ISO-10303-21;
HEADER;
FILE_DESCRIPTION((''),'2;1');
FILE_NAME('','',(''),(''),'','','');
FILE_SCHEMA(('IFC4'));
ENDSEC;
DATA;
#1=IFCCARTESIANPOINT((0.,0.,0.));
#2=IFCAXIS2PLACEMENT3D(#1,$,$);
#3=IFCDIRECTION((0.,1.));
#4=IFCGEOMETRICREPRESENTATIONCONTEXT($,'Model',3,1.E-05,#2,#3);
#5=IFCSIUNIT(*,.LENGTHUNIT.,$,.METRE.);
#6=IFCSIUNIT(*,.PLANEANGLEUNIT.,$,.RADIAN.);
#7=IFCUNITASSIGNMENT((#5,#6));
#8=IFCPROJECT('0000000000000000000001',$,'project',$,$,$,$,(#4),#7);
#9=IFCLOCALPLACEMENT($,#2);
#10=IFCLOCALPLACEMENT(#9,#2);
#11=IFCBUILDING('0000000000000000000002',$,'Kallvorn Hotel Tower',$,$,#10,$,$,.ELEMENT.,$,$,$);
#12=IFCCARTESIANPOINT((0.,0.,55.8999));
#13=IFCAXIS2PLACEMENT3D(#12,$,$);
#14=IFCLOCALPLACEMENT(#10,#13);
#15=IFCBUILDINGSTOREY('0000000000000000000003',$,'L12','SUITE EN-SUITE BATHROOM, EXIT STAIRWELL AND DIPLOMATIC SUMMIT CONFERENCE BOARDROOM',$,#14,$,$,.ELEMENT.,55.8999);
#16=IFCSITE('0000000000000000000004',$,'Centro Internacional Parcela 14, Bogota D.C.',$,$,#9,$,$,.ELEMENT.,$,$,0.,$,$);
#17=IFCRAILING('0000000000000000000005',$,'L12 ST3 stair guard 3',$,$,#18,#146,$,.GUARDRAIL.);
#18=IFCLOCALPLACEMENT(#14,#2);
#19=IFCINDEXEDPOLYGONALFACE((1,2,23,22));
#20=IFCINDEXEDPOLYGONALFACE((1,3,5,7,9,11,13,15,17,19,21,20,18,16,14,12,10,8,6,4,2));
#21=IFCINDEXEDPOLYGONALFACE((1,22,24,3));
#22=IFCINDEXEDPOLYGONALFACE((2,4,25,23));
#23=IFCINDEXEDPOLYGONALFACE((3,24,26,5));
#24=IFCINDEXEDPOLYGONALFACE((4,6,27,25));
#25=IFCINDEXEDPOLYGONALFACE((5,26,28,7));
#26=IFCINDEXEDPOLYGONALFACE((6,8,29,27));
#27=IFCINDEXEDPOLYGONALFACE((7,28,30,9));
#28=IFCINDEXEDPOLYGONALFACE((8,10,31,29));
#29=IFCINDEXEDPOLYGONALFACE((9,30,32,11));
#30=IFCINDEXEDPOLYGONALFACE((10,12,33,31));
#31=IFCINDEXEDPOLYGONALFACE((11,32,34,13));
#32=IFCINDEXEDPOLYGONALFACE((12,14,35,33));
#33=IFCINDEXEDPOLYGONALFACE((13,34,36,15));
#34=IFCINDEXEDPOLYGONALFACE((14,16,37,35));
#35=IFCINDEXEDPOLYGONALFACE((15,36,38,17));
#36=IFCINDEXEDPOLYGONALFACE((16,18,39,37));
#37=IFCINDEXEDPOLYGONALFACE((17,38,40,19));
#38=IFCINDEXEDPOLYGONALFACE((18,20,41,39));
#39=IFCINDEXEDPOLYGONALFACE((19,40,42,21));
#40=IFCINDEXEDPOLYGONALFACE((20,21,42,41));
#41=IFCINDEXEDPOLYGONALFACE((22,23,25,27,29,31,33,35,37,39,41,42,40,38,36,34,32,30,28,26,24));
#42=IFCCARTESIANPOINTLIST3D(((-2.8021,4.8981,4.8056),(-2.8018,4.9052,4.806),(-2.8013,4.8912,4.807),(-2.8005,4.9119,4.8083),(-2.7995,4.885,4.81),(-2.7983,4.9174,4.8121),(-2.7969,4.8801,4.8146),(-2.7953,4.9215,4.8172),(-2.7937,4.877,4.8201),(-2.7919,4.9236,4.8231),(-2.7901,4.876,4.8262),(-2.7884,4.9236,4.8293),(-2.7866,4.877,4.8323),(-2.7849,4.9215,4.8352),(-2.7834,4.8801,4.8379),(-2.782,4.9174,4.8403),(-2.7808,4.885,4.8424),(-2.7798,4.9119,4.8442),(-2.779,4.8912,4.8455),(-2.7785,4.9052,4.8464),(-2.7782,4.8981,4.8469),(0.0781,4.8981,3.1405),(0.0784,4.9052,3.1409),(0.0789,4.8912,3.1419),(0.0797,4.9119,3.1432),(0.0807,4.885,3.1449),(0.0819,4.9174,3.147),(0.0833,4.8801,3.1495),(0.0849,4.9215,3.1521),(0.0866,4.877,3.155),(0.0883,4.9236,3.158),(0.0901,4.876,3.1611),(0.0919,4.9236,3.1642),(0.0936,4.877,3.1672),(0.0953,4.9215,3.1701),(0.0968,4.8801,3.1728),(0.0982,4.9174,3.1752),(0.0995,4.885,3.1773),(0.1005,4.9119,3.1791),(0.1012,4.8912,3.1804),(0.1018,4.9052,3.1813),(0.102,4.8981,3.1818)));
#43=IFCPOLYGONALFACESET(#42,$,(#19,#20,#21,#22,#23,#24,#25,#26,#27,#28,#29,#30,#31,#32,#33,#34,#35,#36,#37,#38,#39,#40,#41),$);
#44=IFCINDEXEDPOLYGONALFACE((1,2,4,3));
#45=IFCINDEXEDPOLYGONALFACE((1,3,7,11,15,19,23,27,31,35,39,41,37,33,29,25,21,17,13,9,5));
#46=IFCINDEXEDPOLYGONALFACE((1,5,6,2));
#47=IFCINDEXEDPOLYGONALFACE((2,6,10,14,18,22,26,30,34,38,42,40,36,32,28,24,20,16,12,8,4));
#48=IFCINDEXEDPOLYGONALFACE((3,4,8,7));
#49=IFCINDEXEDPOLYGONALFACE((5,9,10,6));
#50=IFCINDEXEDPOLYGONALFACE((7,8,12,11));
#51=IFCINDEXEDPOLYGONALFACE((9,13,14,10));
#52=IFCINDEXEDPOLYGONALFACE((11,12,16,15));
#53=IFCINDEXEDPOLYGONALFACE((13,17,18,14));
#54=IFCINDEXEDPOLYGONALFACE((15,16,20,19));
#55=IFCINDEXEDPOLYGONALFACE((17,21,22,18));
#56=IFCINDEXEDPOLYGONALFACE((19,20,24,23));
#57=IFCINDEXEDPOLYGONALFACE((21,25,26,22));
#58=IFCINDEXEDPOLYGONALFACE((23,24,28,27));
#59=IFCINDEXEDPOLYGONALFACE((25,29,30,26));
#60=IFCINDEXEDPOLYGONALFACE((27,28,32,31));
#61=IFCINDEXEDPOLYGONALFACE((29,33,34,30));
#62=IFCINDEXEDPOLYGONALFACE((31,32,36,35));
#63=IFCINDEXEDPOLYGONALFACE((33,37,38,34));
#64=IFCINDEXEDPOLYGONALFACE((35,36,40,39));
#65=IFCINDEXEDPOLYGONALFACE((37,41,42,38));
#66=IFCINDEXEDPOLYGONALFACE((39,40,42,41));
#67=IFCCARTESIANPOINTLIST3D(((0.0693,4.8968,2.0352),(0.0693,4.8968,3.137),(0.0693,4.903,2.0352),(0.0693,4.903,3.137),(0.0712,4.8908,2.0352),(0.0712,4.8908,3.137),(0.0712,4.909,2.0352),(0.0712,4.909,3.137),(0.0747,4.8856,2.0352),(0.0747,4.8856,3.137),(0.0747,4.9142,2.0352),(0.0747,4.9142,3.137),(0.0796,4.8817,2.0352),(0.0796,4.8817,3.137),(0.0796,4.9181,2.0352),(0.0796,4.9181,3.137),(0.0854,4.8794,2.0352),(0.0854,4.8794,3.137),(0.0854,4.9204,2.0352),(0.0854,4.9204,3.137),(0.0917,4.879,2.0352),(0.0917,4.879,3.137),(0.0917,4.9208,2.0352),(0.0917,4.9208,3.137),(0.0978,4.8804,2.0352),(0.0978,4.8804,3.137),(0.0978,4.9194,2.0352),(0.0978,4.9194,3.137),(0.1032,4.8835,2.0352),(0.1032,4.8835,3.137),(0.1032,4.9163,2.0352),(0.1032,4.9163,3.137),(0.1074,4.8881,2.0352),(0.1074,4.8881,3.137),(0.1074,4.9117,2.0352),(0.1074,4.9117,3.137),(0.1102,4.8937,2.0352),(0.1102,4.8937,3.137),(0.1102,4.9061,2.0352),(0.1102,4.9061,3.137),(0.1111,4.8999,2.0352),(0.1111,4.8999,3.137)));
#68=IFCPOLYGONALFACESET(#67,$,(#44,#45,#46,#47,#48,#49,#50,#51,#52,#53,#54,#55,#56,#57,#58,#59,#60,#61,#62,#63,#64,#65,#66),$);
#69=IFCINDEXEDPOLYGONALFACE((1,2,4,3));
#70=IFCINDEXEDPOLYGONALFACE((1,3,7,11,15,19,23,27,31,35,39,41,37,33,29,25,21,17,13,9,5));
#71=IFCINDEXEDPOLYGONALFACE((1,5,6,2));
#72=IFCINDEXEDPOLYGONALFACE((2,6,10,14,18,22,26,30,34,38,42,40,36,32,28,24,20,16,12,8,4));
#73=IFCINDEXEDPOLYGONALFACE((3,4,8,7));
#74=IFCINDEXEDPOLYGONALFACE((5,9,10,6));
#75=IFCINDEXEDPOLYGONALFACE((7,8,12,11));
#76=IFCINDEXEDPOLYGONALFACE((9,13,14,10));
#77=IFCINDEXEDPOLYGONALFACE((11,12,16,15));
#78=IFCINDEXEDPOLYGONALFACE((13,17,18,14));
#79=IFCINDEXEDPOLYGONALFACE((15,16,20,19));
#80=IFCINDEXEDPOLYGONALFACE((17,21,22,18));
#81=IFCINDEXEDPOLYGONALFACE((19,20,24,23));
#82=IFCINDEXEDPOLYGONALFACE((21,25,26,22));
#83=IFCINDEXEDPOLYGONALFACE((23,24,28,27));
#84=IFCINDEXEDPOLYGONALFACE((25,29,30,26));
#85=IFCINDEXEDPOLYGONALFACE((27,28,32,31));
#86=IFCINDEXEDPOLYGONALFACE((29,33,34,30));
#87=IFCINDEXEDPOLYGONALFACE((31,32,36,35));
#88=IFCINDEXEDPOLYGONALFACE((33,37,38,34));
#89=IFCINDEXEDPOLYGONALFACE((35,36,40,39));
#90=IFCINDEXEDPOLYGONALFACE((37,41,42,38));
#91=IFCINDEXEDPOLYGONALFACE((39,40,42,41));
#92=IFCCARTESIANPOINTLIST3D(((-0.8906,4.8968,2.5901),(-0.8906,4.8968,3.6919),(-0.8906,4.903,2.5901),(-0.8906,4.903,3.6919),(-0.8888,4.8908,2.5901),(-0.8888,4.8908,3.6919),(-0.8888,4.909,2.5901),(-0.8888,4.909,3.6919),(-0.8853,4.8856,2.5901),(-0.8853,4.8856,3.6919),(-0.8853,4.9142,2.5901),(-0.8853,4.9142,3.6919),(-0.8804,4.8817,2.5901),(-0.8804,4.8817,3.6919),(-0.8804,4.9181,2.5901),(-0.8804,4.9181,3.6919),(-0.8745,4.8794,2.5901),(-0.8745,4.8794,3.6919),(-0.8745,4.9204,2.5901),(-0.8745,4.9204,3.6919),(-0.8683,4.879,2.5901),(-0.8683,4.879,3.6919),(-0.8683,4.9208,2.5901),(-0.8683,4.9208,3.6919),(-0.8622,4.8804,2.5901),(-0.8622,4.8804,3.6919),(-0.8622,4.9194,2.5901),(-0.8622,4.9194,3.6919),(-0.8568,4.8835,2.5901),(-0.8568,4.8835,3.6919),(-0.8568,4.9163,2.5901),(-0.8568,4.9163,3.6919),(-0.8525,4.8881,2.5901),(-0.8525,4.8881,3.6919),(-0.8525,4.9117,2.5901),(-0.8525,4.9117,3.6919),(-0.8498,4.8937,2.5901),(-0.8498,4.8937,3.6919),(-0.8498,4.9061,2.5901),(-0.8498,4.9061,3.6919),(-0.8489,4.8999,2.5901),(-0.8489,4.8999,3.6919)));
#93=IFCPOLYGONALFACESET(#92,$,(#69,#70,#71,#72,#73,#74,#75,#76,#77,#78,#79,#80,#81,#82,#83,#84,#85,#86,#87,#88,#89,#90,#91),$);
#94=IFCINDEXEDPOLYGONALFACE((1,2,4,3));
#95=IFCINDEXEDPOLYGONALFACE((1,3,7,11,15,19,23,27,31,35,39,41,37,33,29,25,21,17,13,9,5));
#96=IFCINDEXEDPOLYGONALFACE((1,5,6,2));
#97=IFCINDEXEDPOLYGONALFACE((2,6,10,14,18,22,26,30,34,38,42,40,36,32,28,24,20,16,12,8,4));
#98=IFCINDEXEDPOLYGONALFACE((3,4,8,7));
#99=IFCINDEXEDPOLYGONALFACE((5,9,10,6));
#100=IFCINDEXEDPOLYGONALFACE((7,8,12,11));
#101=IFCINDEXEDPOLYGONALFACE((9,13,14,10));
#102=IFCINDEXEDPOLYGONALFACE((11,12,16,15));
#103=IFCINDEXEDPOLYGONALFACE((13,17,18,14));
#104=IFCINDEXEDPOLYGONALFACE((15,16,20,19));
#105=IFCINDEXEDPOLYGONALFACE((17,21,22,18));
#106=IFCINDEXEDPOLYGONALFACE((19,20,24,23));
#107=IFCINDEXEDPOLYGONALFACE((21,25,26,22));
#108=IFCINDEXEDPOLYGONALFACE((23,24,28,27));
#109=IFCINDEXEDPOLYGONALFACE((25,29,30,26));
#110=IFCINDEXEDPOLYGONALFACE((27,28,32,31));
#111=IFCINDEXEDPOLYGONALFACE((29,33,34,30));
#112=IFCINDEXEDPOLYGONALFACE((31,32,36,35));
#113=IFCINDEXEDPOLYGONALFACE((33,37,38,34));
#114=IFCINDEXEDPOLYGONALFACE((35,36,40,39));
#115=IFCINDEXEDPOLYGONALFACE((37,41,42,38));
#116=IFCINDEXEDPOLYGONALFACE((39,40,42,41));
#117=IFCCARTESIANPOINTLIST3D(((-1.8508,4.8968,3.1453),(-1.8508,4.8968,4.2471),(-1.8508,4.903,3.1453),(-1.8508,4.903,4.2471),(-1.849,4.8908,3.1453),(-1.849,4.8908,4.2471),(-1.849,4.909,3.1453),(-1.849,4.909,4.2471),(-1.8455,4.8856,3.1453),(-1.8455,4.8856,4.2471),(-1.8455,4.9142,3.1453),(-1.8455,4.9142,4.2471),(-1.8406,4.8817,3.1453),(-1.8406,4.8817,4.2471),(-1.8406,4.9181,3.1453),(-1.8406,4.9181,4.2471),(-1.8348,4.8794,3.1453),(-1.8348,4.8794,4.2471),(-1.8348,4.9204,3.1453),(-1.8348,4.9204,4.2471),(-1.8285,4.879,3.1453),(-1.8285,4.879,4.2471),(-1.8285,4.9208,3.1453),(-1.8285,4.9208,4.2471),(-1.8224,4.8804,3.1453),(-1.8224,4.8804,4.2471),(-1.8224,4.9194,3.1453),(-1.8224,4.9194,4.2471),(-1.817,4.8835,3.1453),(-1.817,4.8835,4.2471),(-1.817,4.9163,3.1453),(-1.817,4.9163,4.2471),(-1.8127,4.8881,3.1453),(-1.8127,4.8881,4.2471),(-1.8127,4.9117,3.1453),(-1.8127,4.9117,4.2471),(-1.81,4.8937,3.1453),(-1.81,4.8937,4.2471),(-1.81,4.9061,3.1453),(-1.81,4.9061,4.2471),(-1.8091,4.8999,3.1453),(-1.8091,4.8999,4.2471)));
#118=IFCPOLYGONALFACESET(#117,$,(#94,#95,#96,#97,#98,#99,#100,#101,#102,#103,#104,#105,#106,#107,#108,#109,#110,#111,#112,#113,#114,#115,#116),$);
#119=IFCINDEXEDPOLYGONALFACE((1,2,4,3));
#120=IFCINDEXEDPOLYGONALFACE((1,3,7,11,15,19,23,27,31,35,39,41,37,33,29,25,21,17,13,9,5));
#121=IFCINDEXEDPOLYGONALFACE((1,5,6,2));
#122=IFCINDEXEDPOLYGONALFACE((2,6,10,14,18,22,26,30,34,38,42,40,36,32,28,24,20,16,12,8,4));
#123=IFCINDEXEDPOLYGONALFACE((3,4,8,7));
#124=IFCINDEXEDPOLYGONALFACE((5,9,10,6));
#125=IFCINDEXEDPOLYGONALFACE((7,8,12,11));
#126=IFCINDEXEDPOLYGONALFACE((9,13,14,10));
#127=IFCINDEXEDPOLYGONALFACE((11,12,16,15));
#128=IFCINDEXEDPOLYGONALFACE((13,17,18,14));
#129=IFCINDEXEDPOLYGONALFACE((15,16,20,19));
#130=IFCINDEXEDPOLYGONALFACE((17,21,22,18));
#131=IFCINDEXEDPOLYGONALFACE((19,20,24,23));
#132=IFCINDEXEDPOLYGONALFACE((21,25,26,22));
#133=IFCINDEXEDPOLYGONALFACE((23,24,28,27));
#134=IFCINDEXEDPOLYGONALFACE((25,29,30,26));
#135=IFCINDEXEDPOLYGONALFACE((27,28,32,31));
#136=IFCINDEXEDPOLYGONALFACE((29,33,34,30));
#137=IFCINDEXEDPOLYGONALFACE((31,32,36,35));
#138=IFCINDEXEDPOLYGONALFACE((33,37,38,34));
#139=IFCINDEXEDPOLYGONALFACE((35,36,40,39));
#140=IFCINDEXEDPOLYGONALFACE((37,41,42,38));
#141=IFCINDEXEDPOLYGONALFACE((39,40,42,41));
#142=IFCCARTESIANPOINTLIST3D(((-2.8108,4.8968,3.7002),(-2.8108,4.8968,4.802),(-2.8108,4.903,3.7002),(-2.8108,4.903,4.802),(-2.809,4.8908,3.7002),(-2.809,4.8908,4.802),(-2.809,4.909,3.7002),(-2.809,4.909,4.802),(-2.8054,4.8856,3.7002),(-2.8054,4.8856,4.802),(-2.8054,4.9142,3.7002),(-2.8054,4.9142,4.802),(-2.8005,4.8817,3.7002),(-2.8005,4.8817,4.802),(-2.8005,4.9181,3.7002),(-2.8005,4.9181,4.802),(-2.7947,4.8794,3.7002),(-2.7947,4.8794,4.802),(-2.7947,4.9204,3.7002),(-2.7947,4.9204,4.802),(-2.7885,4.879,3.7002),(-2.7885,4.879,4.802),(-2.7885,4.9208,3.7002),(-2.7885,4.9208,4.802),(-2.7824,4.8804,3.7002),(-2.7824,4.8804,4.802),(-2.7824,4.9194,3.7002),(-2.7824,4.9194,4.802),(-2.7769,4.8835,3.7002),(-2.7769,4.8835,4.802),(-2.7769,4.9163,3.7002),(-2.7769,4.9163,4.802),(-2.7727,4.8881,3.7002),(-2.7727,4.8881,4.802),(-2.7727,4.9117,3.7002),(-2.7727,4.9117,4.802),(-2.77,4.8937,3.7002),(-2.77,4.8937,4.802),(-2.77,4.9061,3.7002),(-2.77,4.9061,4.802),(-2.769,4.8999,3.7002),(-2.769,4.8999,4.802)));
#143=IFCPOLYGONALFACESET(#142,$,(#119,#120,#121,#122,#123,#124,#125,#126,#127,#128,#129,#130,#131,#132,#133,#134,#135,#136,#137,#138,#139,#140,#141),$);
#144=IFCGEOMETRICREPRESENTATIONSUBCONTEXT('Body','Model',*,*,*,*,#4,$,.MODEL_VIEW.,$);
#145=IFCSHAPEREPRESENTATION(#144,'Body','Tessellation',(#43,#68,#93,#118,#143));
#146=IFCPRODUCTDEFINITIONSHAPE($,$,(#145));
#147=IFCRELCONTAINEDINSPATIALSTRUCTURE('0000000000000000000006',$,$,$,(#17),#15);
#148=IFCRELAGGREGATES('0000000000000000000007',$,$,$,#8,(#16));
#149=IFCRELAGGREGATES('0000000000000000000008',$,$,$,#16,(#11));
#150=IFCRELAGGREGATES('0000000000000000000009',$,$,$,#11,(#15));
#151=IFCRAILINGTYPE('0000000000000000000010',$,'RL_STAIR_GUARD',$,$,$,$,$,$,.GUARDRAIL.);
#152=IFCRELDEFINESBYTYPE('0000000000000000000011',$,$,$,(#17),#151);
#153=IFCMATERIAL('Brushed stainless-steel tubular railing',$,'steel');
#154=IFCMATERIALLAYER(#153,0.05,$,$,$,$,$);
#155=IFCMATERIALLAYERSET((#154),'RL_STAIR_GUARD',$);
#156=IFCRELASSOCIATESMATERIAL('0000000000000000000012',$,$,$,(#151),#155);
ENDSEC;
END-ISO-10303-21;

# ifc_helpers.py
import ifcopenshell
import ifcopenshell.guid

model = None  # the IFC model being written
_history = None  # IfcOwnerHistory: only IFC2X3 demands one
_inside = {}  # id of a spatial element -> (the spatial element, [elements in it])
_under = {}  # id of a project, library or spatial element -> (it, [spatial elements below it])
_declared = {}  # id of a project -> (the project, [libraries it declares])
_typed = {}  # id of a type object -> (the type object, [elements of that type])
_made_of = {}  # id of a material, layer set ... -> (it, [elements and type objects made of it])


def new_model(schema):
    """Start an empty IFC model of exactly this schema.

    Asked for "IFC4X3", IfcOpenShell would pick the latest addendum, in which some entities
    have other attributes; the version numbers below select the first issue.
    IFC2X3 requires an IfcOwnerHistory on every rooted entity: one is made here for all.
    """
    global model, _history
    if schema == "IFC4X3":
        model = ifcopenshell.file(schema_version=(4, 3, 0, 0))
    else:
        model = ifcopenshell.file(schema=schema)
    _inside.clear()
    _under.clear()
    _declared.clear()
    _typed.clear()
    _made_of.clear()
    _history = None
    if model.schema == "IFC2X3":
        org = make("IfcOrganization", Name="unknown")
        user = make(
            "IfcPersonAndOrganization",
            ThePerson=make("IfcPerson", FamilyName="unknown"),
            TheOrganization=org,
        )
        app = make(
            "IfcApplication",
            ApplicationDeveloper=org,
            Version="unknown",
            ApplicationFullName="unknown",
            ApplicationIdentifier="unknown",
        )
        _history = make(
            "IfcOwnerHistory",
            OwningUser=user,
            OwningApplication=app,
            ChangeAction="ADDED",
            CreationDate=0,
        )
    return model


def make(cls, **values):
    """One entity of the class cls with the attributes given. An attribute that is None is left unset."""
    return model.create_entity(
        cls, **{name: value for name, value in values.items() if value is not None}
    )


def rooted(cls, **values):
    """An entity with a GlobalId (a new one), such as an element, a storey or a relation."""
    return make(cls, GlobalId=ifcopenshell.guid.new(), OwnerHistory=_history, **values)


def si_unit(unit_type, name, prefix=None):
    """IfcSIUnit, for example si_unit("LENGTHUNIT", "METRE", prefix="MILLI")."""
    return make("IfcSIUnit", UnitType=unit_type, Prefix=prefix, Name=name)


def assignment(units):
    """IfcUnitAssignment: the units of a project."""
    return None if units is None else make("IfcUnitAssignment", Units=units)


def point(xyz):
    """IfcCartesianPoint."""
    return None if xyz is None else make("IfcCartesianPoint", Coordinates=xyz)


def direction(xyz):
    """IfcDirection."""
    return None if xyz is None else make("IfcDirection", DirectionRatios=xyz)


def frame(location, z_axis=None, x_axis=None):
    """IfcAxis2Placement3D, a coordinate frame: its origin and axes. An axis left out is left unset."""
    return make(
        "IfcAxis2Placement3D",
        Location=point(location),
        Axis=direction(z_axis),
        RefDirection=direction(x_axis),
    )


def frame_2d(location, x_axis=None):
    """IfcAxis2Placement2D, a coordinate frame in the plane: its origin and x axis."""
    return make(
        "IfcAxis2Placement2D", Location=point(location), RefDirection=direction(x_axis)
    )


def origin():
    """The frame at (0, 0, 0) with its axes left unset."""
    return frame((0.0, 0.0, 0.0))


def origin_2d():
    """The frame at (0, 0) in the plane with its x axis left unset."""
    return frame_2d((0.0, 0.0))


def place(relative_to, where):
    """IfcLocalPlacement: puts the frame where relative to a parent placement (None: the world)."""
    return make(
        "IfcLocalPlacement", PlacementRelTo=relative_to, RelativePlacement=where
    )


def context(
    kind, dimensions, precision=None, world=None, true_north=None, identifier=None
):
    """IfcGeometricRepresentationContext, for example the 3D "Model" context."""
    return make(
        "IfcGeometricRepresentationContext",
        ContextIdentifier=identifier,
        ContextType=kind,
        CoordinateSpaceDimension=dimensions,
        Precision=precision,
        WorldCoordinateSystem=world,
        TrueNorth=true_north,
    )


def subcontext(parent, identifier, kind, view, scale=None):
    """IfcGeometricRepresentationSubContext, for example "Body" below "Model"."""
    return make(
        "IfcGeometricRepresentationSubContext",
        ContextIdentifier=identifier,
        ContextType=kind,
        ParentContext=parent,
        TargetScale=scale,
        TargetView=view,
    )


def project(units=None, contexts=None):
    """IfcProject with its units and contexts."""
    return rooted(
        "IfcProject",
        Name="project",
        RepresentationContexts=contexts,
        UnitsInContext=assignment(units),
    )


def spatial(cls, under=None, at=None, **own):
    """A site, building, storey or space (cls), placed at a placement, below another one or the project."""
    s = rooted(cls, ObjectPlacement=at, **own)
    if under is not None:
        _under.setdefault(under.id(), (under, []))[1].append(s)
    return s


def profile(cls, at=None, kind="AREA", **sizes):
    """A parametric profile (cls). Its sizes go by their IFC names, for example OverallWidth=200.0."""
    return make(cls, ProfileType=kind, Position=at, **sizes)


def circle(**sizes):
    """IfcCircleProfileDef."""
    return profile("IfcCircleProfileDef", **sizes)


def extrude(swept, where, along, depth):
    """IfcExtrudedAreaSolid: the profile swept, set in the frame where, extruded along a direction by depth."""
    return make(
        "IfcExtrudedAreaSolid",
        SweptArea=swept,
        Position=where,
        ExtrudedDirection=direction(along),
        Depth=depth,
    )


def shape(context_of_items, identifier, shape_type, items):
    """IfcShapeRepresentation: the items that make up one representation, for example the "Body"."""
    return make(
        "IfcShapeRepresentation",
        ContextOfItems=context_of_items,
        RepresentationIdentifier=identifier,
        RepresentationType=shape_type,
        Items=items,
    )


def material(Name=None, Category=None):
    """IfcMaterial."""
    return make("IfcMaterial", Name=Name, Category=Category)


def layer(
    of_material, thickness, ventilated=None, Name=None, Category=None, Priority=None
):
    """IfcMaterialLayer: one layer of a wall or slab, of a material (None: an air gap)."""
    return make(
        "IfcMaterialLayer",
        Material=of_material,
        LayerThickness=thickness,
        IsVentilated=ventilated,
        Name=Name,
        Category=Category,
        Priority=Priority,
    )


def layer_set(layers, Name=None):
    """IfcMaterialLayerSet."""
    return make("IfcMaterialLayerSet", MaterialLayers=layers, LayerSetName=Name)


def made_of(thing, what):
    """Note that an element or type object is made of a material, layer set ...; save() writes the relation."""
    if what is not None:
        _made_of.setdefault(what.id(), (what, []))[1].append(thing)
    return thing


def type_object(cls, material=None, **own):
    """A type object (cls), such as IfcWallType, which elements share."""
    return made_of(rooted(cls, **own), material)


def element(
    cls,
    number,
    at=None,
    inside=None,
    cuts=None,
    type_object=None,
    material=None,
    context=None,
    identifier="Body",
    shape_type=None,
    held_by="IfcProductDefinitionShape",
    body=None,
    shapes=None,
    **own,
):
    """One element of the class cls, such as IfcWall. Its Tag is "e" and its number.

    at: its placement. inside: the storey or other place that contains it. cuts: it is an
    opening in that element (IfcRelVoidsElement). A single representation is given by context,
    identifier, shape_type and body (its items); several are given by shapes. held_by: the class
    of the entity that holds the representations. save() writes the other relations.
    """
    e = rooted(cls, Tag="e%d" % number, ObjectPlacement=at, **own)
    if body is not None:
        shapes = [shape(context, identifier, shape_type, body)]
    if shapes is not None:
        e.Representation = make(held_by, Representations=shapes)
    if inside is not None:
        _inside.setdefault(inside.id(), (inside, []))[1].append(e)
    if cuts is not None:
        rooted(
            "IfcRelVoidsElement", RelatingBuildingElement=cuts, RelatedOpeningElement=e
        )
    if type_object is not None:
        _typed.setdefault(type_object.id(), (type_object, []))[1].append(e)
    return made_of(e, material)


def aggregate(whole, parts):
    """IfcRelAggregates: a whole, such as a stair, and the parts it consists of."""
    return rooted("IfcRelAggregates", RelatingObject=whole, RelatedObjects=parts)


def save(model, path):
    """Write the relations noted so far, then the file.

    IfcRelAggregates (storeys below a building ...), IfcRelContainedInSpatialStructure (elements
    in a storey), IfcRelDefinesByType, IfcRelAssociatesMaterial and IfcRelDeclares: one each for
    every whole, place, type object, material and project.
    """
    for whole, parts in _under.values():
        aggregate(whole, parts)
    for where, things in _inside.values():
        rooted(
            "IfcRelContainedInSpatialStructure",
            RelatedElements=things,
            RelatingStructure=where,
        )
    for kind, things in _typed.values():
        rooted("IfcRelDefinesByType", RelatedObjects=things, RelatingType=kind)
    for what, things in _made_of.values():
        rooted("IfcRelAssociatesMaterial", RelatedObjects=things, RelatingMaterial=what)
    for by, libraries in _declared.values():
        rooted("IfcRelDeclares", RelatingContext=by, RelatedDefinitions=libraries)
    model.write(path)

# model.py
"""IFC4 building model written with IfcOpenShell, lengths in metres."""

from ifc_helpers import new_model, si_unit, direction, frame, origin, origin_2d, place, context, subcontext, project, spatial, circle, extrude, material, layer, layer_set, type_object, element, save


model = new_model("IFC4")

# Units and contexts
model_context = context("Model", 3, precision=1e-05, world=origin(), true_north=direction((0.0, 1.0)))
body_context = subcontext(model_context, "Body", "Model", "MODEL_VIEW")
ifc_project = project(units=[si_unit("LENGTHUNIT", "METRE"), si_unit("PLANEANGLEUNIT", "RADIAN")], contexts=[model_context])

# Site, building, storey
site_placement = place(None, origin())
site = spatial("IfcSite", under=ifc_project, at=site_placement, Name="Centro Internacional Parcela 14, Bogota D.C.", CompositionType="ELEMENT", RefElevation=0.0)
building_placement = place(site_placement, origin())
building = spatial("IfcBuilding", under=site, at=building_placement, Name="Kallvorn Hotel Tower", CompositionType="ELEMENT")
storey_placement = place(building_placement, frame((0.0, 0.0, 55.8999)))
storey = spatial("IfcBuildingStorey", under=building, at=storey_placement, Name="L12", Description="SUITE EN-SUITE BATHROOM, EXIT STAIRWELL AND DIPLOMATIC SUMMIT CONFERENCE BOARDROOM", CompositionType="ELEMENT", Elevation=55.8999)

# Railing
ifc_material_1 = material(Name="Brushed stainless-steel tubular railing", Category="steel")
ifc_layer_1 = layer(ifc_material_1, 0.05)
ifc_layer_set_1 = layer_set([ifc_layer_1], Name="RL_STAIR_GUARD")
railing_type_1 = type_object("IfcRailingType", Name="RL_STAIR_GUARD", PredefinedType="GUARDRAIL", material=ifc_layer_set_1)
railing_1_placement = place(storey_placement, frame((0.0901, 4.8999, 2.0352)))
element("IfcRailing", 1, at=railing_1_placement, inside=storey, type_object=railing_type_1, Name="L12 ST3 stair guard 3", PredefinedType="GUARDRAIL", context=body_context, shape_type="SweptSolid", body=[
    extrude(circle(Radius=0.0239, at=origin_2d()), frame((0.0, 0.0, 1.126), z_axis=(-0.865739, 0.0, 0.500495), x_axis=(0.0, -1.0, 0.0)), (0.0, 0.0, 1.0), 3.3269),
    extrude(circle(Radius=0.021, at=origin_2d()), origin(), (0.0, 0.0, 1.0), 1.1018),
    extrude(circle(Radius=0.021, at=origin_2d()), frame((-0.96, 0.0, 0.5549)), (0.0, 0.0, 1.0), 1.1018),
    extrude(circle(Radius=0.021, at=origin_2d()), frame((-1.9202, 0.0, 1.1101)), (0.0, 0.0, 1.0), 1.1018),
    extrude(circle(Radius=0.021, at=origin_2d()), frame((-2.8801, 0.0, 1.665)), (0.0, 0.0, 1.0), 1.1018),
])

save(model, "model.ifc")
